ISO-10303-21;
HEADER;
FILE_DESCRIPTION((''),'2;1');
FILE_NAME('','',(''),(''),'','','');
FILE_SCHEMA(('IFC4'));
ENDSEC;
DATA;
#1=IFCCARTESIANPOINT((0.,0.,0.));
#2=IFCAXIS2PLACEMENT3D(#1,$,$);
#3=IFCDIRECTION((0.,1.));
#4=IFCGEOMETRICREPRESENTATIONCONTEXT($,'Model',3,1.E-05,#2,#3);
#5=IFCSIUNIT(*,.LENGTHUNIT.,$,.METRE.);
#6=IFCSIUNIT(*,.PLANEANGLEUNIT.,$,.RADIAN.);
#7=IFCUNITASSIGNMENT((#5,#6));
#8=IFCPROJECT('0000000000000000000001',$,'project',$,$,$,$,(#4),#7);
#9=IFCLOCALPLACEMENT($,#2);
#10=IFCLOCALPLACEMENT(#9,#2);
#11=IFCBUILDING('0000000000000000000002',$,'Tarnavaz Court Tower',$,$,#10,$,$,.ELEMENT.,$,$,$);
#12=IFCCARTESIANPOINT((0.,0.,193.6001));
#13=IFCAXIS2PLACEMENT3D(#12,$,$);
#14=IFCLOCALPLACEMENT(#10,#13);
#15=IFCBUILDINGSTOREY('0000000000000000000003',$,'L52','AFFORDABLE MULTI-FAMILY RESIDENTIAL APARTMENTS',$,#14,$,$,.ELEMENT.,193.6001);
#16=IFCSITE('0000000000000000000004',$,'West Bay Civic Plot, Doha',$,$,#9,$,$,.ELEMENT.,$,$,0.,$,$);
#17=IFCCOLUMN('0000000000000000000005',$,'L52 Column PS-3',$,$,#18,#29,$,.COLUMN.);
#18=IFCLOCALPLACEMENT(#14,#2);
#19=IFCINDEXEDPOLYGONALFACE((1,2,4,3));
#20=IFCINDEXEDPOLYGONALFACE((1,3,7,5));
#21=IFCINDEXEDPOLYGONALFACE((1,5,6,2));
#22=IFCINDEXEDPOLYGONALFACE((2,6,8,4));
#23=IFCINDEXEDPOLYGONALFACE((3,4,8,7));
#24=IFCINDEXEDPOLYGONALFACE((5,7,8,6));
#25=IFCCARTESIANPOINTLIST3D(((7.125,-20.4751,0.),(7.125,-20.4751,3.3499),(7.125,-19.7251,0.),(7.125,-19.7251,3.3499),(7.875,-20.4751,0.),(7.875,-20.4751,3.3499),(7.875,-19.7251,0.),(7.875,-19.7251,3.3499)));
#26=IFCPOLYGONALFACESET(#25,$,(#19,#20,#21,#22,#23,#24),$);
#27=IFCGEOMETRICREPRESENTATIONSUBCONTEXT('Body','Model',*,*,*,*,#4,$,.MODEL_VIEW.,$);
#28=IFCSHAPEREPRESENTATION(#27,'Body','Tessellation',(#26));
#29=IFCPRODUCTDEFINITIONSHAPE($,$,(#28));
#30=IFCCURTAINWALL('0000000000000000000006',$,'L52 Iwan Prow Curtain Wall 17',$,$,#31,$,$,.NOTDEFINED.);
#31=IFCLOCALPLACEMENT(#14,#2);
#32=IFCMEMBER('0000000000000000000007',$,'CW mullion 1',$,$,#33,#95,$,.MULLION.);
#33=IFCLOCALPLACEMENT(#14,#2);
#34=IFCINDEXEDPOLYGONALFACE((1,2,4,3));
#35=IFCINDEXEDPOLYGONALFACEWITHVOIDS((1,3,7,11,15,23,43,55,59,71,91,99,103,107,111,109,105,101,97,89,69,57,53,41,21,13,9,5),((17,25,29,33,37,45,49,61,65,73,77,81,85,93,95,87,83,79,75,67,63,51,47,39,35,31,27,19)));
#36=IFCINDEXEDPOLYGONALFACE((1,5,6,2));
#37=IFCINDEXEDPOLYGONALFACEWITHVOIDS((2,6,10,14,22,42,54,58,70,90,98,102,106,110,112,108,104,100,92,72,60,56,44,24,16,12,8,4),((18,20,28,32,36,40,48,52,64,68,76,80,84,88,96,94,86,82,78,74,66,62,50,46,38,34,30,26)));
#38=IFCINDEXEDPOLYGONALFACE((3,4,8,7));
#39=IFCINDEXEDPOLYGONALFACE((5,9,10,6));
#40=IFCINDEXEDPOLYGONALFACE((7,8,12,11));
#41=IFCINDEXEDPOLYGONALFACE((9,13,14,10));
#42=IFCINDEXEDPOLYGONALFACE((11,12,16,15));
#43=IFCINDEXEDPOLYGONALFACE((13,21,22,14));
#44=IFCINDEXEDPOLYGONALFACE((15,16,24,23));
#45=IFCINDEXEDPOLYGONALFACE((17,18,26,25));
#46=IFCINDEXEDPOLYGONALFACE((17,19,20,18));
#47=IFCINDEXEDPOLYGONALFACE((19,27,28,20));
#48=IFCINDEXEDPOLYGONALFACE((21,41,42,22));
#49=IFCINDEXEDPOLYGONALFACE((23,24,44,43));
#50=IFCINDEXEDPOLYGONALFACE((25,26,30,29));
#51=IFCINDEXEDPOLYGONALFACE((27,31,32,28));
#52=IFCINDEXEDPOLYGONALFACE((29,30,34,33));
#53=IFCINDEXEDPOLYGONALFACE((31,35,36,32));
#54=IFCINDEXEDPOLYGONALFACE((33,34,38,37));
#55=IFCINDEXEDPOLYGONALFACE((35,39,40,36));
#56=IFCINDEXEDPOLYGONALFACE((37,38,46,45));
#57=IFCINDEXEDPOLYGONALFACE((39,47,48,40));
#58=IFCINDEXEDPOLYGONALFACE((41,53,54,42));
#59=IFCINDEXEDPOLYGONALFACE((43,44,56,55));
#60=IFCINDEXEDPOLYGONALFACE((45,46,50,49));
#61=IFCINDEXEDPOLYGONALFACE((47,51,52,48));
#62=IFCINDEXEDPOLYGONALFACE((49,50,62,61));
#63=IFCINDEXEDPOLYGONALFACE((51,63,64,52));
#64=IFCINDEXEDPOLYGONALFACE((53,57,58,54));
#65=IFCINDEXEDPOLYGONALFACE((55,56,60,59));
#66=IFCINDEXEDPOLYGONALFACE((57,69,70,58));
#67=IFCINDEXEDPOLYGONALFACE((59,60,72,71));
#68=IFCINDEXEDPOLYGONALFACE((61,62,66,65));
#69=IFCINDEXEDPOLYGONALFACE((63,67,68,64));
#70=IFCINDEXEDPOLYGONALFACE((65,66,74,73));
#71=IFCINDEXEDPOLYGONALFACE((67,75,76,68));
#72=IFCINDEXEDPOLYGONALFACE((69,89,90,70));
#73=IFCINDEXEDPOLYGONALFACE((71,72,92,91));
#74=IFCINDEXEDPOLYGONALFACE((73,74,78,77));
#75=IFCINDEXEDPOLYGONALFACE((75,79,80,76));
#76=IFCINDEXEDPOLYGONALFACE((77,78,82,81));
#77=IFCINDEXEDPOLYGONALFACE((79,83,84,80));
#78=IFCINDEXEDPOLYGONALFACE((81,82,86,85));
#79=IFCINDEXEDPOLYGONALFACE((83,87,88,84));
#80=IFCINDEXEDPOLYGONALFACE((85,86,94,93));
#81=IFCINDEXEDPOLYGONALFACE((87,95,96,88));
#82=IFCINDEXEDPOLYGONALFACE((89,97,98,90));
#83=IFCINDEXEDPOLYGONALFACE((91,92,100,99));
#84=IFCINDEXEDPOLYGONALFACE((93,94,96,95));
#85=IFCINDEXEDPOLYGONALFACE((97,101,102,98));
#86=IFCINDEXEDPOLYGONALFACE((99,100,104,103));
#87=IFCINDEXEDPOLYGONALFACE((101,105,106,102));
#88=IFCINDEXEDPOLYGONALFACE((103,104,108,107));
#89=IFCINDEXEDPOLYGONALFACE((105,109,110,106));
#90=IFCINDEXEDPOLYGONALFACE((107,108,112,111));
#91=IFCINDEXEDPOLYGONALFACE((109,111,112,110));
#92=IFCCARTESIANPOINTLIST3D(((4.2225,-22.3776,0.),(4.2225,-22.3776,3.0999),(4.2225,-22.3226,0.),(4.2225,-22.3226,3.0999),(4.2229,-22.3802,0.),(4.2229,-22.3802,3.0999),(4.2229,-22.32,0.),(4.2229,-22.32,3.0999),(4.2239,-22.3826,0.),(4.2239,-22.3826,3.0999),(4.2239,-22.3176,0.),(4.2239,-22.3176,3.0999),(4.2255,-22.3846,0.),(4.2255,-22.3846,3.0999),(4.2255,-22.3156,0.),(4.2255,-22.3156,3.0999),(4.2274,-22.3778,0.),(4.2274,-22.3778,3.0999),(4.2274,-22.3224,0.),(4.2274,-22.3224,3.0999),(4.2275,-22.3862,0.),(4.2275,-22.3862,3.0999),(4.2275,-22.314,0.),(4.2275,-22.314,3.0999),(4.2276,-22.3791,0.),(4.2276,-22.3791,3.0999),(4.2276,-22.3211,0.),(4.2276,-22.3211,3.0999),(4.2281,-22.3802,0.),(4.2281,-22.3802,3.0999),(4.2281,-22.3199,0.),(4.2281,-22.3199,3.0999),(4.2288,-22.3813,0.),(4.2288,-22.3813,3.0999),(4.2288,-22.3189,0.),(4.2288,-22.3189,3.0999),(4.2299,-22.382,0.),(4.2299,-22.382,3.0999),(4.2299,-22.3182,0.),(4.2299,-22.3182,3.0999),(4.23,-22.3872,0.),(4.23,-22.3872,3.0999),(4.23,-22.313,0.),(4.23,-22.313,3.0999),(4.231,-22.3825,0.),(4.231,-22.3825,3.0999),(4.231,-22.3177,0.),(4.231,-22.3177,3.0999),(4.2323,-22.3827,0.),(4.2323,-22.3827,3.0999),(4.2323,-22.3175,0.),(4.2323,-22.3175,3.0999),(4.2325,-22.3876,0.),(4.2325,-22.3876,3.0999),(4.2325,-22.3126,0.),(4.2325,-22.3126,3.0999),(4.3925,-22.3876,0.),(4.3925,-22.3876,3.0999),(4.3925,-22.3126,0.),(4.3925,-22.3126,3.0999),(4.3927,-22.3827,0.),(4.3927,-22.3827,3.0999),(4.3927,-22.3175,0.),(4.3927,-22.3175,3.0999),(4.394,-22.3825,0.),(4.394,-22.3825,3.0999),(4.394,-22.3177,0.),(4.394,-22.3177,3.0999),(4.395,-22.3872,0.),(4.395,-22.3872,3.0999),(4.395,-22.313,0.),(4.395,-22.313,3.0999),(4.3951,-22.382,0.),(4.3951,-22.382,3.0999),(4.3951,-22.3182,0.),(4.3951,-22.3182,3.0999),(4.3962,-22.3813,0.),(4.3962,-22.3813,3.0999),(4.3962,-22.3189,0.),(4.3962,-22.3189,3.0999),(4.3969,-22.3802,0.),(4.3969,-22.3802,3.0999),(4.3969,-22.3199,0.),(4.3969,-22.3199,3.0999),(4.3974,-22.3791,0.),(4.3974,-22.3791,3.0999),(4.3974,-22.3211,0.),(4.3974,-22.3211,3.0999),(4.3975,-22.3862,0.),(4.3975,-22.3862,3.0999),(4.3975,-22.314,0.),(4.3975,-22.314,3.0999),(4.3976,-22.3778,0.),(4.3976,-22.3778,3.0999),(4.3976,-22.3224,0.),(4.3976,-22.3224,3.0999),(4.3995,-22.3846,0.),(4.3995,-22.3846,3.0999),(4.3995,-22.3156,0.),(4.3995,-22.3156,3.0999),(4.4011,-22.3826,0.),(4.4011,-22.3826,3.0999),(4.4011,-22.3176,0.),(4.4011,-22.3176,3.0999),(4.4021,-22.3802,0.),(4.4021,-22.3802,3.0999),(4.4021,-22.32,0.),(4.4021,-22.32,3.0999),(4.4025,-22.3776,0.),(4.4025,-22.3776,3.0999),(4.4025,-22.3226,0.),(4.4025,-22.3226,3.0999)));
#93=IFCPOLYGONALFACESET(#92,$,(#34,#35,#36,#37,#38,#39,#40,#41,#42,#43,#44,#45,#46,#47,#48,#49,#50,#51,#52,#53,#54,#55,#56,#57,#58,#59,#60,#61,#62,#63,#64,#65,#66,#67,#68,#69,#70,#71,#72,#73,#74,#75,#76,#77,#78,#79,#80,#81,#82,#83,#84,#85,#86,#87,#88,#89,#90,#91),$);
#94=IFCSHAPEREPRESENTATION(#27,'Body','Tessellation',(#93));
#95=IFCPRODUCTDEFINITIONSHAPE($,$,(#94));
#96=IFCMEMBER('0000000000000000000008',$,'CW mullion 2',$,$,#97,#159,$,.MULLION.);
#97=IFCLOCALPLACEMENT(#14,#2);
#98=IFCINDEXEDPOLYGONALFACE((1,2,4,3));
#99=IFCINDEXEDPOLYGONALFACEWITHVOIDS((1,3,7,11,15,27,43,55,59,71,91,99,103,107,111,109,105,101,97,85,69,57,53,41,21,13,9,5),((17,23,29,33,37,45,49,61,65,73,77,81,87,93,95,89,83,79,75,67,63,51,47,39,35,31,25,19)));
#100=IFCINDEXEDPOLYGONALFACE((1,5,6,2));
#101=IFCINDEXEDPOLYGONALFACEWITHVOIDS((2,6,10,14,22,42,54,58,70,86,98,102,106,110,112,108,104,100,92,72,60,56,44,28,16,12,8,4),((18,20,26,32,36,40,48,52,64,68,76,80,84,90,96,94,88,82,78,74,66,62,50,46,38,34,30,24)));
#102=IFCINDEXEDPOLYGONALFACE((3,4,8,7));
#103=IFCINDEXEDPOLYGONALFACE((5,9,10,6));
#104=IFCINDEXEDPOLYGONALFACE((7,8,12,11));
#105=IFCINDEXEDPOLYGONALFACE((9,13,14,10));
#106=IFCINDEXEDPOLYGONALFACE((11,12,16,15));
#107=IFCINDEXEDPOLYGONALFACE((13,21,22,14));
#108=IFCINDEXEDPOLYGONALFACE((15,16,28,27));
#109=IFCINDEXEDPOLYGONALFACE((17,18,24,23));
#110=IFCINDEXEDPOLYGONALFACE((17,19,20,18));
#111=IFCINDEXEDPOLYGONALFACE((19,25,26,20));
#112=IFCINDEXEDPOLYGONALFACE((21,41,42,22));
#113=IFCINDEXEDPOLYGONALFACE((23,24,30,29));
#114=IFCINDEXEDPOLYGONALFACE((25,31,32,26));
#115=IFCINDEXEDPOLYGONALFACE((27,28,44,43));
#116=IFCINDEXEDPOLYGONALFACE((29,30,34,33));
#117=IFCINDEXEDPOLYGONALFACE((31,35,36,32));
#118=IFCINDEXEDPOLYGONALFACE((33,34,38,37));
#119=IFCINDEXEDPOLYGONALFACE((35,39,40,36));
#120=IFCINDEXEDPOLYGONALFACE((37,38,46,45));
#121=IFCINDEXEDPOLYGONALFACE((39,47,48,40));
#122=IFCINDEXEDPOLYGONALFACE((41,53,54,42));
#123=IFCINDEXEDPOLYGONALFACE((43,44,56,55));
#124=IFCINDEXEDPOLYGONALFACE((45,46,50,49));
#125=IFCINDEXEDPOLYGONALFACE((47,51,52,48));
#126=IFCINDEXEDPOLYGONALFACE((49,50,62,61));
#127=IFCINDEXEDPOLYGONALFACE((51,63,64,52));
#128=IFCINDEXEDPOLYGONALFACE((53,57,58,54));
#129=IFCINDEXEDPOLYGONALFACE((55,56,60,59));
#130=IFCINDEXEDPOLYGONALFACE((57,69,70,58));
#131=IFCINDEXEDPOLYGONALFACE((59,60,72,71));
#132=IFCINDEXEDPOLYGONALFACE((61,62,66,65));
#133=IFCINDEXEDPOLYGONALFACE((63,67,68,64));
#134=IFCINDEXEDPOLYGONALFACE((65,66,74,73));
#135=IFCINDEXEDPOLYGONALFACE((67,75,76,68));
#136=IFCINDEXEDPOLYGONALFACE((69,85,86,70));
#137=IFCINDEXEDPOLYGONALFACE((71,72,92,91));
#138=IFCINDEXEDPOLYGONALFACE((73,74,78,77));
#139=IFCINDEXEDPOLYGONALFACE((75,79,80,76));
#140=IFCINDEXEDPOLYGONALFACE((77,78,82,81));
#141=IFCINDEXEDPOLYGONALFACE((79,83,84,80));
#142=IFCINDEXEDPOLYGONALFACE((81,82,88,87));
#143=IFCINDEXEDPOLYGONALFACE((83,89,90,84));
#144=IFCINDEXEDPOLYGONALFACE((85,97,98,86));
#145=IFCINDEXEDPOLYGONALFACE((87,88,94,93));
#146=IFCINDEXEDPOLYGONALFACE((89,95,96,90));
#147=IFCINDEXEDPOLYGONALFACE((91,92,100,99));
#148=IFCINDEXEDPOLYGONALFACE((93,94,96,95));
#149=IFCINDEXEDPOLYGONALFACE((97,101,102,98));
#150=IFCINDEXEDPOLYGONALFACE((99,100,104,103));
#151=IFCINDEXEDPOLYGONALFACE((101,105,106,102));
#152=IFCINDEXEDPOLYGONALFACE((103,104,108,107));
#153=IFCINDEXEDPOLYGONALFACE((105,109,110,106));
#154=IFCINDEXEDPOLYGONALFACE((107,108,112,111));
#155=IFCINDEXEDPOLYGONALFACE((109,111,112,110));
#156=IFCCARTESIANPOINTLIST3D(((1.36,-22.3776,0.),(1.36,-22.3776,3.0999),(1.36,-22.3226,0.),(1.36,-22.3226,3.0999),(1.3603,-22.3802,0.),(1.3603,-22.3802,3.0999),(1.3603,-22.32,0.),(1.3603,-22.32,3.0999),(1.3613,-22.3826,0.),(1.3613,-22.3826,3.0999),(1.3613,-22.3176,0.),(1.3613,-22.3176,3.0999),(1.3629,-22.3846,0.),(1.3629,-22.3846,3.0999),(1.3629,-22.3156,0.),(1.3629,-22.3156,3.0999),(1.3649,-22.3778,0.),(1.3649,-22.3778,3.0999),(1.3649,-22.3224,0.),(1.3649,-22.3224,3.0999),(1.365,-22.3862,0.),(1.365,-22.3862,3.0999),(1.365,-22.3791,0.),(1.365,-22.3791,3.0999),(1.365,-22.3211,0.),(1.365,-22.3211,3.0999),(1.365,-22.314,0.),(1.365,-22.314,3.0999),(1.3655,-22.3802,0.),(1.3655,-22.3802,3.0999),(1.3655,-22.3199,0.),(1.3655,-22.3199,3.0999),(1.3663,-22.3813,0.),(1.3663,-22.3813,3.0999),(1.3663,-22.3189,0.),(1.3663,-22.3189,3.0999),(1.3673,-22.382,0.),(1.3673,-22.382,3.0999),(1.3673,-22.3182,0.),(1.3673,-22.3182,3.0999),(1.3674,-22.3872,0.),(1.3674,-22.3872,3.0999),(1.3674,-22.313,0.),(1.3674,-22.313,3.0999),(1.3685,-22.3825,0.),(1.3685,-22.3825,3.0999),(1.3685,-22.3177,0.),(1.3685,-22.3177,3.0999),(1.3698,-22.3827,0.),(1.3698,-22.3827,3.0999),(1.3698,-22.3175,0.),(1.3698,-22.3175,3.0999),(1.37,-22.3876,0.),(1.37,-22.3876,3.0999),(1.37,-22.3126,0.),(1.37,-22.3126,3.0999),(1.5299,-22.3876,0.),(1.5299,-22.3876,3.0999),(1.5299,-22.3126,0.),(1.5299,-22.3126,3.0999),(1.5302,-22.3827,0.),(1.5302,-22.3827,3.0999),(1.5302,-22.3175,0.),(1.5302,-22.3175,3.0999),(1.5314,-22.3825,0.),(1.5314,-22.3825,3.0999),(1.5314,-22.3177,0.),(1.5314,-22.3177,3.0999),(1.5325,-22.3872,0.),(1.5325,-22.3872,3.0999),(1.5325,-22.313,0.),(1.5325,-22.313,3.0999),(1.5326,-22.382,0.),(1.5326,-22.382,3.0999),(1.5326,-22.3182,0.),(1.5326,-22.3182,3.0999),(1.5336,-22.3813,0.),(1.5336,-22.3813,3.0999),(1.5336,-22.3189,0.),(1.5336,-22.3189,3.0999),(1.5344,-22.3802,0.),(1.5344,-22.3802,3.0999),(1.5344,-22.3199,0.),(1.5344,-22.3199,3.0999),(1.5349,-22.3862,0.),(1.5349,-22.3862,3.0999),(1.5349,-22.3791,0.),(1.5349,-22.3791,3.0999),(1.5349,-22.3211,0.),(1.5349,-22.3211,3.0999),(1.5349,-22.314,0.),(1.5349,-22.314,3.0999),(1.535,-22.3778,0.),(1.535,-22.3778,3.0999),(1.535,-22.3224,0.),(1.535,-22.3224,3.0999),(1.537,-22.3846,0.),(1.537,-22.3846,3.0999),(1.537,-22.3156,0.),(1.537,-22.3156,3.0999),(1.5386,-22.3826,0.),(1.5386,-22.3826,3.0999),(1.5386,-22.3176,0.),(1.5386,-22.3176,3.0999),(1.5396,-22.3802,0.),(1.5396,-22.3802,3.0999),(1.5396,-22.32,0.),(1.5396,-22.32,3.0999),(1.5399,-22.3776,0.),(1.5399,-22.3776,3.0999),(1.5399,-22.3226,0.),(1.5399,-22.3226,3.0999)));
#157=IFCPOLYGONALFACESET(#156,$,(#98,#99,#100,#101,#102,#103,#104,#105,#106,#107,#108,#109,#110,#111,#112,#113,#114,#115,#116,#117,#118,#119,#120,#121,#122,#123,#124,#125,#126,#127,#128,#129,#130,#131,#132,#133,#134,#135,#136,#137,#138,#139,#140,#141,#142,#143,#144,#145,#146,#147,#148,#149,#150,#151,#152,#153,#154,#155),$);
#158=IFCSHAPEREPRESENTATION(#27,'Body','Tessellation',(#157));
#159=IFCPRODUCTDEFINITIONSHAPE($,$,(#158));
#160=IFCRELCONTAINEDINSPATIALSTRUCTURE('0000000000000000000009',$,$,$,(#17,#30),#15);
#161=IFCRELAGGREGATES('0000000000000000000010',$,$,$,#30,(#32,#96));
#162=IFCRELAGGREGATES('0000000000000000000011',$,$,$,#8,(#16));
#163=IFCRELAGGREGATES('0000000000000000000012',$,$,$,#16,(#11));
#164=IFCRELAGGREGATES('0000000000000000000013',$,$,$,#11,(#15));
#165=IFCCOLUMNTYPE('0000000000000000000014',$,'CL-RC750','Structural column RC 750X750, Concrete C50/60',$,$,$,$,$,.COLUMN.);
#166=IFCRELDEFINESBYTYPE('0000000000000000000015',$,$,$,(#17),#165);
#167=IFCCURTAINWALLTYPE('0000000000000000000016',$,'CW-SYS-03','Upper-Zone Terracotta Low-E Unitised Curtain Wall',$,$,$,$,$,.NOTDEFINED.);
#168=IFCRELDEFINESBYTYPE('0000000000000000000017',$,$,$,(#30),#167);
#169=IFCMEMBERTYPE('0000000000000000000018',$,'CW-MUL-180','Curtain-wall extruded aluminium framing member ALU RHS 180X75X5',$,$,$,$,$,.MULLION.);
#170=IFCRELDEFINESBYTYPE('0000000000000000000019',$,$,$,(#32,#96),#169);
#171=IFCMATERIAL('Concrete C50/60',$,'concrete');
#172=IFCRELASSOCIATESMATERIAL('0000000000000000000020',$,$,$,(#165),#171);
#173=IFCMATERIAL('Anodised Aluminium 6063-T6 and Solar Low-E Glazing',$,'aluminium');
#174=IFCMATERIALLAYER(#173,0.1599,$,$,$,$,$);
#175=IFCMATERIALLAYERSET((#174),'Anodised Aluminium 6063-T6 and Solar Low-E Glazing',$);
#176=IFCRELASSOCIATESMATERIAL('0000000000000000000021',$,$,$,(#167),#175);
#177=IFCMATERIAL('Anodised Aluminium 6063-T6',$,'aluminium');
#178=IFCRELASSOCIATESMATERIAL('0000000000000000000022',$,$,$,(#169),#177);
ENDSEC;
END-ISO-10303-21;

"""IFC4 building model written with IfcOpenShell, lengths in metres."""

from ifc_helpers import new_model, si_unit, direction, frame, origin, origin_2d, place, context, subcontext, project, spatial, rectangle, hollow_rectangle, extrude, material, layer, layer_set, material_profile, profile_set, type_object, element, aggregate, save


model = new_model("IFC4")

# Units and contexts
model_context = context("Model", 3, precision=1e-05, world=origin(), true_north=direction((0.0, 1.0)))
body_context = subcontext(model_context, "Body", "Model", "MODEL_VIEW")
ifc_project = project(units=[si_unit("LENGTHUNIT", "METRE"), si_unit("PLANEANGLEUNIT", "RADIAN")], contexts=[model_context])

# Site, building, storey
site_placement = place(None, origin())
site = spatial("IfcSite", under=ifc_project, at=site_placement, Name="West Bay Civic Plot, Doha", CompositionType="ELEMENT", RefElevation=0.0)
building_placement = place(site_placement, origin())
building = spatial("IfcBuilding", under=site, at=building_placement, Name="Tarnavaz Court Tower", CompositionType="ELEMENT")
storey_placement = place(building_placement, frame((0.0, 0.0, 193.6001)))
storey = spatial("IfcBuildingStorey", under=building, at=storey_placement, Name="L52", Description="AFFORDABLE MULTI-FAMILY RESIDENTIAL APARTMENTS", CompositionType="ELEMENT", Elevation=193.6001)

# Column
ifc_material_1 = material(Name="Concrete C50/60", Category="concrete")
ifc_material_profile_1 = material_profile(ifc_material_1, rectangle(XDim=0.75, YDim=0.75, at=origin_2d()), Name="RC 750X750")
ifc_profile_set_1 = profile_set([ifc_material_profile_1], Name="Concrete C50/60")
column_type = type_object("IfcColumnType", Name="CL-RC750", Description="Structural column RC 750X750, Concrete C50/60", PredefinedType="COLUMN", material=ifc_profile_set_1)
column_placement = place(storey_placement, frame((7.5, -20.1001, 0.0), z_axis=(0.0, 0.0, 1.0), x_axis=(1.0, 0.0, 0.0)))
element("IfcColumn", 1, at=column_placement, inside=storey, type_object=column_type, Name="L52 Column PS-3", PredefinedType="COLUMN", context=body_context, shape_type="SweptSolid", body=[
    extrude(rectangle(XDim=0.75, YDim=0.75, at=origin_2d()), origin(), (0.0, 0.0, 1.0), 3.3499),
])

# Curtain wall, members
ifc_material_2 = material(Name="Anodised Aluminium 6063-T6 and Solar Low-E Glazing", Category="aluminium")
ifc_layer_1 = layer(ifc_material_2, 0.1599)
ifc_layer_set_1 = layer_set([ifc_layer_1], Name="Anodised Aluminium 6063-T6 and Solar Low-E Glazing")
curtain_wall_type = type_object("IfcCurtainWallType", Name="CW-SYS-03", Description="Upper-Zone Terracotta Low-E Unitised Curtain Wall", PredefinedType="NOTDEFINED", material=ifc_layer_set_1)
curtain_wall_placement = place(storey_placement, origin())
curtain_wall = element("IfcCurtainWall", 2, at=curtain_wall_placement, inside=storey, type_object=curtain_wall_type, Name="L52 Iwan Prow Curtain Wall 17", PredefinedType="NOTDEFINED")
ifc_material_3 = material(Name="Anodised Aluminium 6063-T6", Category="aluminium")
ifc_material_profile_2 = material_profile(ifc_material_3, hollow_rectangle(XDim=0.075, YDim=0.1799, WallThickness=0.0049, InnerFilletRadius=0.0049, OuterFilletRadius=0.01, at=origin_2d()), Name="ALU RHS 180X75X5")
ifc_profile_set_2 = profile_set([ifc_material_profile_2], Name="Anodised Aluminium 6063-T6")
member_type_1 = type_object("IfcMemberType", Name="CW-MUL-180", Description="Curtain-wall extruded aluminium framing member ALU RHS 180X75X5", PredefinedType="MULLION", material=ifc_profile_set_2)
member_1_placement = place(storey_placement, frame((4.3125, -22.3501, 0.0), z_axis=(0.0, 0.0, 1.0), x_axis=(0.0, -1.0, 0.0)))
member_1 = element("IfcMember", 3, at=member_1_placement, type_object=member_type_1, Name="CW mullion 1", PredefinedType="MULLION", context=body_context, shape_type="SweptSolid", body=[
    extrude(hollow_rectangle(XDim=0.075, YDim=0.1799, WallThickness=0.0049, InnerFilletRadius=0.0049, OuterFilletRadius=0.01, at=origin_2d()), origin(), (0.0, 0.0, 1.0), 3.0999),
])
member_2_placement = place(storey_placement, frame((1.45, -22.3501, 0.0), z_axis=(0.0, 0.0, 1.0), x_axis=(0.0, -1.0, 0.0)))
member_2 = element("IfcMember", 4, at=member_2_placement, type_object=member_type_1, Name="CW mullion 2", PredefinedType="MULLION", context=body_context, shape_type="SweptSolid", body=[
    extrude(hollow_rectangle(XDim=0.075, YDim=0.1799, WallThickness=0.0049, InnerFilletRadius=0.0049, OuterFilletRadius=0.01, at=origin_2d()), origin(), (0.0, 0.0, 1.0), 3.0999),
])
aggregate(curtain_wall, [member_1, member_2])

save(model, "model.ifc")
